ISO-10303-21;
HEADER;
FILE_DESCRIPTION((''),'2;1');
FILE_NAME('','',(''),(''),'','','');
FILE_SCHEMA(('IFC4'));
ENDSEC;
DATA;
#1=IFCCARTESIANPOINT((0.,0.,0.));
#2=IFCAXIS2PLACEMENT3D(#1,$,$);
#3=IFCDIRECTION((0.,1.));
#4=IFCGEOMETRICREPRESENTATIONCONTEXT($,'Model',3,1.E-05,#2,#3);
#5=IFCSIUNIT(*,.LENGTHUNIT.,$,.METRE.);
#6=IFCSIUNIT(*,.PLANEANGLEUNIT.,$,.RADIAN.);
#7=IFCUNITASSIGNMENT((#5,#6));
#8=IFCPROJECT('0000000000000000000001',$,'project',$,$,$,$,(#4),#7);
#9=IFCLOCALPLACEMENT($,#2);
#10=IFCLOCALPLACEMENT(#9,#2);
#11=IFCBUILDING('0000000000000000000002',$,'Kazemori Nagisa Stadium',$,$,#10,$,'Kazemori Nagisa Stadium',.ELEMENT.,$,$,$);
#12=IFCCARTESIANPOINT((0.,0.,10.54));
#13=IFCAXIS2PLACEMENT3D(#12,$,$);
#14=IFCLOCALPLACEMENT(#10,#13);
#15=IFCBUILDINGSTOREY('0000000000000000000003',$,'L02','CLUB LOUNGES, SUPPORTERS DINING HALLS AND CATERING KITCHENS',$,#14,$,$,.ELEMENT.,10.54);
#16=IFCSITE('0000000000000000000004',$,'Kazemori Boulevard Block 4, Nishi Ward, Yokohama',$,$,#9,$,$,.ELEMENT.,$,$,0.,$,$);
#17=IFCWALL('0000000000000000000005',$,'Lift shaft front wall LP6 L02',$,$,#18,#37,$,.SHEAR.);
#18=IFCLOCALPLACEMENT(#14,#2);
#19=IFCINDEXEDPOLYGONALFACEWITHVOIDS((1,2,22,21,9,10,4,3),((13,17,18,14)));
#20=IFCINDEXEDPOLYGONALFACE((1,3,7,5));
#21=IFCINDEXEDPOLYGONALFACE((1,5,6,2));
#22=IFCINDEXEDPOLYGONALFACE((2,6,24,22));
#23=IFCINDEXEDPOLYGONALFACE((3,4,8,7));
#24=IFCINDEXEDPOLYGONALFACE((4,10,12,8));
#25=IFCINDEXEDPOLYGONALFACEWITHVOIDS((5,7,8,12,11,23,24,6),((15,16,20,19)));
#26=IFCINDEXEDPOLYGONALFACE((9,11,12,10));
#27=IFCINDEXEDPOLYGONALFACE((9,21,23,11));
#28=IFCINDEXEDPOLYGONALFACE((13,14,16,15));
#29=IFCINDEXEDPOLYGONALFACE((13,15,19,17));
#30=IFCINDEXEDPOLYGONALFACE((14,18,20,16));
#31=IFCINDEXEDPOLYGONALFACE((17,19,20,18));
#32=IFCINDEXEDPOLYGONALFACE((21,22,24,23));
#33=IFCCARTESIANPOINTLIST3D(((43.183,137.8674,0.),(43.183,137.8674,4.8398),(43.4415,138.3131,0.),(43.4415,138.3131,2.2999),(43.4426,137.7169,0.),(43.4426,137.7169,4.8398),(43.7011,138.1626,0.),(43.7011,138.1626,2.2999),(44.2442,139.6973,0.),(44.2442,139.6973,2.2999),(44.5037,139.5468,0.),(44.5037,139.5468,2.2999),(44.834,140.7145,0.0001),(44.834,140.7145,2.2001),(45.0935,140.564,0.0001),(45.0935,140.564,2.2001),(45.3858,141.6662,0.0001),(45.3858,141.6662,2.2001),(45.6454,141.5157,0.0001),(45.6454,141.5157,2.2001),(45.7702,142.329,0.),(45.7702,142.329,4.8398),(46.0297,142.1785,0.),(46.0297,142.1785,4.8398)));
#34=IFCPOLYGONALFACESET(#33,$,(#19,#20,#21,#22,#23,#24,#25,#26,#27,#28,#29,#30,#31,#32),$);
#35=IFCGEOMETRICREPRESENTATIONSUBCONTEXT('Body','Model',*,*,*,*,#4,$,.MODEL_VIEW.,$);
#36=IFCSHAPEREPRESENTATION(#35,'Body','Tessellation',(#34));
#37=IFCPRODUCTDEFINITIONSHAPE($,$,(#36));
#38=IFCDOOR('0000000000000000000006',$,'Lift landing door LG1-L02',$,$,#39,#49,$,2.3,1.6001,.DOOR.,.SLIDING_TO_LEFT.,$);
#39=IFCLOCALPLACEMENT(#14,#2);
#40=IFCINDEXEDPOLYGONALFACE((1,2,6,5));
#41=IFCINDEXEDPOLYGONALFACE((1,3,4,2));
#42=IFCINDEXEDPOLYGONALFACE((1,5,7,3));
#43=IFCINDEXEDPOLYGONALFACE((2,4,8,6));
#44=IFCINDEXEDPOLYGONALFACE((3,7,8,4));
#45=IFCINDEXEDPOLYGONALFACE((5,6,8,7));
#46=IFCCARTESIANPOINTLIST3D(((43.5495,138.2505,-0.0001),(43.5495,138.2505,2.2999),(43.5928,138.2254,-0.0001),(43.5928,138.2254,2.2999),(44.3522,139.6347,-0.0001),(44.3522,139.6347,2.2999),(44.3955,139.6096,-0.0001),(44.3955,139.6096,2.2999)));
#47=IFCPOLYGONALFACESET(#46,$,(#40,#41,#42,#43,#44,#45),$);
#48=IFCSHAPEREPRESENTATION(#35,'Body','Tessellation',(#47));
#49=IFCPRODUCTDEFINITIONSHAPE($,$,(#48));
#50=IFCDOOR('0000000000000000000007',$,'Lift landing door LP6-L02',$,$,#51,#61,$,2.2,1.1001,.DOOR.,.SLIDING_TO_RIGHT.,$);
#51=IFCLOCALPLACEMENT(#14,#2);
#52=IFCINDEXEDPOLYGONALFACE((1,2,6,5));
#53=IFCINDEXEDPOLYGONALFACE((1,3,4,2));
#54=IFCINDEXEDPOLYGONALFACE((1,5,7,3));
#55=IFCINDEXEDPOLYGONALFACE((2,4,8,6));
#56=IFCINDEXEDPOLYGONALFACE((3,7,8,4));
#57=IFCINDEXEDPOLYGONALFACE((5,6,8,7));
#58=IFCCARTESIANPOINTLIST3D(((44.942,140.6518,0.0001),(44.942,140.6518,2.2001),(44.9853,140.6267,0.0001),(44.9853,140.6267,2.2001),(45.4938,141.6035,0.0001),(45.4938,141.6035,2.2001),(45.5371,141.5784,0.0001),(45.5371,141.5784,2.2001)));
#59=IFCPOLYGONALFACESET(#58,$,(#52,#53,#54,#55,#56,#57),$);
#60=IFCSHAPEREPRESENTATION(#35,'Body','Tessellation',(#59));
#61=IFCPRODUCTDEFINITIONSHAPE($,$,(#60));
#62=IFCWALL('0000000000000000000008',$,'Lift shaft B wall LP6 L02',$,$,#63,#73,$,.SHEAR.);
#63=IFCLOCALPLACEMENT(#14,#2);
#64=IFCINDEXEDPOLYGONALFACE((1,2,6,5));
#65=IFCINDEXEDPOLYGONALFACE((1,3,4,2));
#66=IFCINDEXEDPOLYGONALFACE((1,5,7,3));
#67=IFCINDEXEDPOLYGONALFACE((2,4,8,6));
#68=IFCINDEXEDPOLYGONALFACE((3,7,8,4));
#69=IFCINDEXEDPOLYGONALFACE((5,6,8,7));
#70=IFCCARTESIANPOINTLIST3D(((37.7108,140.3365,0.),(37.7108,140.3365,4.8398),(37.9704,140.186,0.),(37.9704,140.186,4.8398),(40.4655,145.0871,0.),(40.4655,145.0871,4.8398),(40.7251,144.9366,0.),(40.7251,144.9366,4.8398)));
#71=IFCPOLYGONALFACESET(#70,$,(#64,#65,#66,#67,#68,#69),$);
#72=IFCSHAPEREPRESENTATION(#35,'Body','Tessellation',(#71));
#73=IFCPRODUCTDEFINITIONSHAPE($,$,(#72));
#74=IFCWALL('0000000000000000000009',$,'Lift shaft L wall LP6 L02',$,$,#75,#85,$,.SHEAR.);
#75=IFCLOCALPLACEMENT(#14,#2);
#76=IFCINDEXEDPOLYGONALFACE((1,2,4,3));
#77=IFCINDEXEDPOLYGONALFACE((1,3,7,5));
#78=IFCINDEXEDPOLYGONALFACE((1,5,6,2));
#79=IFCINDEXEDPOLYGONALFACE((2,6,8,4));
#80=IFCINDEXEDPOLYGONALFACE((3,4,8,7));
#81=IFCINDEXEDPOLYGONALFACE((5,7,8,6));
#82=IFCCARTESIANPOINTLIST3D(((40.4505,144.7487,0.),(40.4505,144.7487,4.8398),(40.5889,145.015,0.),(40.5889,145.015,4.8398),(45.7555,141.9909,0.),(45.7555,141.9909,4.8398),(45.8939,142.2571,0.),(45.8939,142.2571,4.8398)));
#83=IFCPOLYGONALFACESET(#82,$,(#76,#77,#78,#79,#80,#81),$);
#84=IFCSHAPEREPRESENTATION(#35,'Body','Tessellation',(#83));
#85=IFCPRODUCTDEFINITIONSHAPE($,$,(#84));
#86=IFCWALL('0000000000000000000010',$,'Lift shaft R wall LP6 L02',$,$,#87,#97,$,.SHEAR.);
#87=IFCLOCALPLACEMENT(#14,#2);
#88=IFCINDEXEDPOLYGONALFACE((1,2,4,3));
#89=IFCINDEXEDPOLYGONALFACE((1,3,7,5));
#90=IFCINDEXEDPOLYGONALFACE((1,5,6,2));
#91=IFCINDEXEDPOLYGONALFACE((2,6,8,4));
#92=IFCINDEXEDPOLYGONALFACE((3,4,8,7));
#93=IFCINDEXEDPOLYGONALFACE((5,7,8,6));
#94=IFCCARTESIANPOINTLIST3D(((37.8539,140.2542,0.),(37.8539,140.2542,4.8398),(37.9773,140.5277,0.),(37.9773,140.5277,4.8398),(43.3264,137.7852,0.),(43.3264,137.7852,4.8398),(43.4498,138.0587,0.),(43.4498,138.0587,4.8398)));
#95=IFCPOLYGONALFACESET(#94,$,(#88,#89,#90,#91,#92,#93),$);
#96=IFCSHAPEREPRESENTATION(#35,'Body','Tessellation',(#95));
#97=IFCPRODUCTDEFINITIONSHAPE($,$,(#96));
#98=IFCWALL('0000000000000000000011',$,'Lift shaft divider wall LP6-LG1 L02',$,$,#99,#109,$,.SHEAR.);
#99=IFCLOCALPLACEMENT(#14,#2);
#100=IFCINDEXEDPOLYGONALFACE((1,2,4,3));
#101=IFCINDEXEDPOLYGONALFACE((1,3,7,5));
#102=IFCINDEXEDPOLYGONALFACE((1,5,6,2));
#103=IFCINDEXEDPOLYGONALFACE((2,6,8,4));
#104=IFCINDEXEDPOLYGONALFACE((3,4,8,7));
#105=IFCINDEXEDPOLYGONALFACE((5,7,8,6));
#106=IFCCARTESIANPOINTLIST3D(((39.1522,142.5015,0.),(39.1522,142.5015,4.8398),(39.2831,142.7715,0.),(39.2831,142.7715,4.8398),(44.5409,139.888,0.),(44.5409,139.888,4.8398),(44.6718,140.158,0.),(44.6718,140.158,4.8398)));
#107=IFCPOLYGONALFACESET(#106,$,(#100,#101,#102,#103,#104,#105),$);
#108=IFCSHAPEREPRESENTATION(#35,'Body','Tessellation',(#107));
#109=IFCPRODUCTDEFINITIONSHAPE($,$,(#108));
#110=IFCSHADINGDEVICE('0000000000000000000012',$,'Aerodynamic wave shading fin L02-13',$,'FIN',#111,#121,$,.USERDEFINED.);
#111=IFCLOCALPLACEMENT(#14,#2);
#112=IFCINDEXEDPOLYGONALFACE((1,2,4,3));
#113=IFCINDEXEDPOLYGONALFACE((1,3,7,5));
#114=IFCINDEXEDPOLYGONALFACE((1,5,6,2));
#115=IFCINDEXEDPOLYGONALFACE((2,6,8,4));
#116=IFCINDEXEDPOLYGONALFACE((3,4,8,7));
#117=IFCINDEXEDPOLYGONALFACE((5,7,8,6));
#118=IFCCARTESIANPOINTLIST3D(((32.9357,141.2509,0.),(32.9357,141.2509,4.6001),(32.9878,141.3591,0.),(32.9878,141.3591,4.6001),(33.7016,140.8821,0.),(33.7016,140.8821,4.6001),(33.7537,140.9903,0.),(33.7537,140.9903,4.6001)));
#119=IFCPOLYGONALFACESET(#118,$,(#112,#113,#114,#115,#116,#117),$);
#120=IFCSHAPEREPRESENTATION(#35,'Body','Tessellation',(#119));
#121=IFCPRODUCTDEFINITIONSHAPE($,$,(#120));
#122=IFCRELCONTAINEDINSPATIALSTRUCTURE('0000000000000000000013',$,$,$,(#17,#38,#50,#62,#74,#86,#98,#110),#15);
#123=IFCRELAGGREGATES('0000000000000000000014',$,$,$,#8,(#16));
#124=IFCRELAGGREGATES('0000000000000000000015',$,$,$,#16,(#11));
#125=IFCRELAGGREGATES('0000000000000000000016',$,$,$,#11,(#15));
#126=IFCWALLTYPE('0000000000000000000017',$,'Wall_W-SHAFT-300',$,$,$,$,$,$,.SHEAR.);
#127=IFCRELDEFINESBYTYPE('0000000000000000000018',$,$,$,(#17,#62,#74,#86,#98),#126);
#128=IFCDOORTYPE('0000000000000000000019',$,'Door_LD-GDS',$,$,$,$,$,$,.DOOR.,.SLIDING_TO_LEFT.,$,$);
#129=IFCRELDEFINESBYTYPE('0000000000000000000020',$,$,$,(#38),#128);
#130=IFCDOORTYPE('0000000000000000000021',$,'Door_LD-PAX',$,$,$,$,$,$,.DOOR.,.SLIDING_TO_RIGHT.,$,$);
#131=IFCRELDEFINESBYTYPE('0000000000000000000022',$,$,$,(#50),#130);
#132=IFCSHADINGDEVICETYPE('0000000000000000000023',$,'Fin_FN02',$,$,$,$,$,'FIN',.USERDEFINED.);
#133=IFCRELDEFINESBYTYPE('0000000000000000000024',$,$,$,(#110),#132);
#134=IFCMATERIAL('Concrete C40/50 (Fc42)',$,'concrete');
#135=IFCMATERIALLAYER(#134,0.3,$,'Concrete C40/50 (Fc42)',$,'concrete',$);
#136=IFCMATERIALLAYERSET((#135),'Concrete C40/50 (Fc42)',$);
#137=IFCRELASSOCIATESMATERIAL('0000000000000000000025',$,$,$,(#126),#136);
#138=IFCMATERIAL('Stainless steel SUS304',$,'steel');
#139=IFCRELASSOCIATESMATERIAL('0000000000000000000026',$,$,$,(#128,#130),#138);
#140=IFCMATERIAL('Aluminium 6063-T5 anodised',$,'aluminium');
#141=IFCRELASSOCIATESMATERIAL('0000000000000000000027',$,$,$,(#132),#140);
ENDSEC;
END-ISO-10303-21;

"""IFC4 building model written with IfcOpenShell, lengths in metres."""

from ifc_helpers import new_model, si_unit, direction, frame, frame_2d, origin, origin_2d, place, context, subcontext, project, spatial, rectangle, extrude, material, layer, layer_set, type_object, element, fill, save


model = new_model("IFC4")

# Units and contexts
model_context = context("Model", 3, precision=1e-05, world=origin(), true_north=direction((0.0, 1.0)))
body_context = subcontext(model_context, "Body", "Model", "MODEL_VIEW")
ifc_project = project(units=[si_unit("LENGTHUNIT", "METRE"), si_unit("PLANEANGLEUNIT", "RADIAN")], contexts=[model_context])

# Site, building, storey
site_placement = place(None, origin())
site = spatial("IfcSite", under=ifc_project, at=site_placement, Name="Kazemori Boulevard Block 4, Nishi Ward, Yokohama", CompositionType="ELEMENT", RefElevation=0.0)
building_placement = place(site_placement, origin())
building = spatial("IfcBuilding", under=site, at=building_placement, Name="Kazemori Nagisa Stadium", LongName="Kazemori Nagisa Stadium", CompositionType="ELEMENT")
storey_placement = place(building_placement, frame((0.0, 0.0, 10.54)))
storey = spatial("IfcBuildingStorey", under=building, at=storey_placement, Name="L02", Description="CLUB LOUNGES, SUPPORTERS DINING HALLS AND CATERING KITCHENS", CompositionType="ELEMENT", Elevation=10.54)

# Shared definitions
ifc_material_1 = material(Name="Concrete C40/50 (Fc42)", Category="concrete")

# Shared definitions
ifc_material_2 = material(Name="Aluminium 6063-T5 anodised", Category="aluminium")

# Wall, openings, doors
ifc_layer_1 = layer(ifc_material_1, 0.3, Name="Concrete C40/50 (Fc42)", Category="concrete")
ifc_layer_set_1 = layer_set([ifc_layer_1], Name="Concrete C40/50 (Fc42)")
wall_type_1 = type_object("IfcWallType", Name="Wall_W-SHAFT-300", PredefinedType="SHEAR", material=ifc_layer_set_1)
wall_1_placement = place(storey_placement, frame((45.8999, 142.2537, 0.0), z_axis=(0.0, 0.0, 1.0), x_axis=(-0.50163, -0.865083, 0.0)))
wall_1 = element("IfcWall", 1, at=wall_1_placement, inside=storey, type_object=wall_type_1, Name="Lift shaft front wall LP6 L02", PredefinedType="SHEAR", context=body_context, shape_type="SweptSolid", body=[
    extrude(rectangle(XDim=5.1575, YDim=0.3, at=frame_2d((2.5786, 0.0))), origin(), (0.0, 0.0, 1.0), 4.8398),
])
opening_1_placement = place(wall_1_placement, frame((0.7661, 0.0, 0.0)))
opening_1 = element("IfcOpeningElement", 2, at=opening_1_placement, cuts=wall_1, PredefinedType="OPENING", context=body_context, shape_type="SweptSolid", body=[
    extrude(rectangle(XDim=1.1001, YDim=2.2, at=frame_2d((0.55, 1.1001))), frame((0.0, 0.1599, 0.0), z_axis=(0.0, -1.0, 0.0), x_axis=(1.0, 0.0, 0.0)), (0.0, 0.0, 1.0), 0.3201),
])
opening_2_placement = place(wall_1_placement, frame((3.042, 0.0, 0.0)))
opening_2 = element("IfcOpeningElement", 3, at=opening_2_placement, cuts=wall_1, PredefinedType="OPENING", context=body_context, shape_type="SweptSolid", body=[
    extrude(rectangle(XDim=1.6001, YDim=2.3, at=frame_2d((0.8, 1.1499))), frame((0.0, 0.1599, 0.0), z_axis=(0.0, -1.0, 0.0), x_axis=(1.0, 0.0, 0.0)), (0.0, 0.0, 1.0), 0.3201),
])
ifc_material_3 = material(Name="Stainless steel SUS304", Category="steel")
door_type_1 = type_object("IfcDoorType", Name="Door_LD-GDS", OperationType="SLIDING_TO_LEFT", PredefinedType="DOOR", material=ifc_material_3)
door_1_placement = place(opening_2_placement, origin())
door_1 = element("IfcDoor", 4, at=door_1_placement, inside=storey, type_object=door_type_1, Name="Lift landing door LG1-L02", OperationType="SLIDING_TO_LEFT", OverallHeight=2.3, OverallWidth=1.6001, PredefinedType="DOOR", context=body_context, shape_type="SweptSolid", body=[
    extrude(rectangle(XDim=1.6001, YDim=2.3, at=frame_2d((0.8, 1.1499))), frame((0.0, 0.0249, 0.0), z_axis=(0.0, -1.0, 0.0), x_axis=(1.0, 0.0, 0.0)), (0.0, 0.0, 1.0), 0.05),
])
fill(opening_2, door_1)
door_type_2 = type_object("IfcDoorType", Name="Door_LD-PAX", OperationType="SLIDING_TO_RIGHT", PredefinedType="DOOR", material=ifc_material_3)
door_2_placement = place(opening_1_placement, origin())
door_2 = element("IfcDoor", 5, at=door_2_placement, inside=storey, type_object=door_type_2, Name="Lift landing door LP6-L02", OperationType="SLIDING_TO_RIGHT", OverallHeight=2.2, OverallWidth=1.1001, PredefinedType="DOOR", context=body_context, shape_type="SweptSolid", body=[
    extrude(rectangle(XDim=1.1001, YDim=2.2, at=frame_2d((0.55, 1.1001))), frame((0.0, 0.0249, 0.0), z_axis=(0.0, -1.0, 0.0), x_axis=(1.0, 0.0, 0.0)), (0.0, 0.0, 1.0), 0.05),
])
fill(opening_1, door_2)

# Walls
wall_2_placement = place(storey_placement, frame((40.5952, 145.0117, 0.0), z_axis=(0.0, 0.0, 1.0), x_axis=(-0.50163, -0.865082, 0.0)))
element("IfcWall", 6, at=wall_2_placement, inside=storey, type_object=wall_type_1, Name="Lift shaft B wall LP6 L02", PredefinedType="SHEAR", context=body_context, shape_type="SweptSolid", body=[
    extrude(rectangle(XDim=5.4915, YDim=0.3, at=frame_2d((2.7456, 0.0))), origin(), (0.0, 0.0, 1.0), 4.8398),
])
wall_3_placement = place(storey_placement, frame((45.8247, 142.124, 0.0), z_axis=(0.0, 0.0, 1.0), x_axis=(-0.887268, 0.461254, 0.0)))
element("IfcWall", 7, at=wall_3_placement, inside=storey, type_object=wall_type_1, Name="Lift shaft L wall LP6 L02", PredefinedType="SHEAR", context=body_context, shape_type="SweptSolid", body=[
    extrude(rectangle(XDim=5.979, YDim=0.3, at=frame_2d((2.9895, 0.0))), origin(), (0.0, 0.0, 1.0), 4.8398),
])
wall_4_placement = place(storey_placement, frame((43.3882, 137.9219, 0.0), z_axis=(0.0, 0.0, 1.0), x_axis=(-0.911522, 0.411252, 0.0)))
element("IfcWall", 8, at=wall_4_placement, inside=storey, type_object=wall_type_1, Name="Lift shaft R wall LP6 L02", PredefinedType="SHEAR", context=body_context, shape_type="SweptSolid", body=[
    extrude(rectangle(XDim=6.0037, YDim=0.3, at=frame_2d((3.002, 0.0))), origin(), (0.0, 0.0, 1.0), 4.8398),
])
wall_5_placement = place(storey_placement, frame((44.6064, 140.0229, 0.0), z_axis=(0.0, 0.0, 1.0), x_axis=(-0.899759, 0.436387, 0.0)))
element("IfcWall", 9, at=wall_5_placement, inside=storey, type_object=wall_type_1, Name="Lift shaft divider wall LP6-LG1 L02", PredefinedType="SHEAR", context=body_context, shape_type="SweptSolid", body=[
    extrude(rectangle(XDim=5.989, YDim=0.3, at=frame_2d((2.9946, 0.0))), origin(), (0.0, 0.0, 1.0), 4.8398),
])

# Shading device
shading_device_type = type_object("IfcShadingDeviceType", Name="Fin_FN02", ElementType="FIN", PredefinedType="USERDEFINED", material=ifc_material_2)
shading_device_placement = place(storey_placement, frame((33.3447, 141.1206, 0.0), z_axis=(0.0, 0.0, 1.0), x_axis=(-0.900969, 0.433884, 0.0)))
element("IfcShadingDevice", 10, at=shading_device_placement, inside=storey, type_object=shading_device_type, Name="Aerodynamic wave shading fin L02-13", ObjectType="FIN", PredefinedType="USERDEFINED", context=body_context, shape_type="SweptSolid", body=[
    extrude(rectangle(XDim=0.8501, YDim=0.1201, at=origin_2d()), origin(), (0.0, 0.0, 1.0), 4.6001),
])

save(model, "model.ifc")
